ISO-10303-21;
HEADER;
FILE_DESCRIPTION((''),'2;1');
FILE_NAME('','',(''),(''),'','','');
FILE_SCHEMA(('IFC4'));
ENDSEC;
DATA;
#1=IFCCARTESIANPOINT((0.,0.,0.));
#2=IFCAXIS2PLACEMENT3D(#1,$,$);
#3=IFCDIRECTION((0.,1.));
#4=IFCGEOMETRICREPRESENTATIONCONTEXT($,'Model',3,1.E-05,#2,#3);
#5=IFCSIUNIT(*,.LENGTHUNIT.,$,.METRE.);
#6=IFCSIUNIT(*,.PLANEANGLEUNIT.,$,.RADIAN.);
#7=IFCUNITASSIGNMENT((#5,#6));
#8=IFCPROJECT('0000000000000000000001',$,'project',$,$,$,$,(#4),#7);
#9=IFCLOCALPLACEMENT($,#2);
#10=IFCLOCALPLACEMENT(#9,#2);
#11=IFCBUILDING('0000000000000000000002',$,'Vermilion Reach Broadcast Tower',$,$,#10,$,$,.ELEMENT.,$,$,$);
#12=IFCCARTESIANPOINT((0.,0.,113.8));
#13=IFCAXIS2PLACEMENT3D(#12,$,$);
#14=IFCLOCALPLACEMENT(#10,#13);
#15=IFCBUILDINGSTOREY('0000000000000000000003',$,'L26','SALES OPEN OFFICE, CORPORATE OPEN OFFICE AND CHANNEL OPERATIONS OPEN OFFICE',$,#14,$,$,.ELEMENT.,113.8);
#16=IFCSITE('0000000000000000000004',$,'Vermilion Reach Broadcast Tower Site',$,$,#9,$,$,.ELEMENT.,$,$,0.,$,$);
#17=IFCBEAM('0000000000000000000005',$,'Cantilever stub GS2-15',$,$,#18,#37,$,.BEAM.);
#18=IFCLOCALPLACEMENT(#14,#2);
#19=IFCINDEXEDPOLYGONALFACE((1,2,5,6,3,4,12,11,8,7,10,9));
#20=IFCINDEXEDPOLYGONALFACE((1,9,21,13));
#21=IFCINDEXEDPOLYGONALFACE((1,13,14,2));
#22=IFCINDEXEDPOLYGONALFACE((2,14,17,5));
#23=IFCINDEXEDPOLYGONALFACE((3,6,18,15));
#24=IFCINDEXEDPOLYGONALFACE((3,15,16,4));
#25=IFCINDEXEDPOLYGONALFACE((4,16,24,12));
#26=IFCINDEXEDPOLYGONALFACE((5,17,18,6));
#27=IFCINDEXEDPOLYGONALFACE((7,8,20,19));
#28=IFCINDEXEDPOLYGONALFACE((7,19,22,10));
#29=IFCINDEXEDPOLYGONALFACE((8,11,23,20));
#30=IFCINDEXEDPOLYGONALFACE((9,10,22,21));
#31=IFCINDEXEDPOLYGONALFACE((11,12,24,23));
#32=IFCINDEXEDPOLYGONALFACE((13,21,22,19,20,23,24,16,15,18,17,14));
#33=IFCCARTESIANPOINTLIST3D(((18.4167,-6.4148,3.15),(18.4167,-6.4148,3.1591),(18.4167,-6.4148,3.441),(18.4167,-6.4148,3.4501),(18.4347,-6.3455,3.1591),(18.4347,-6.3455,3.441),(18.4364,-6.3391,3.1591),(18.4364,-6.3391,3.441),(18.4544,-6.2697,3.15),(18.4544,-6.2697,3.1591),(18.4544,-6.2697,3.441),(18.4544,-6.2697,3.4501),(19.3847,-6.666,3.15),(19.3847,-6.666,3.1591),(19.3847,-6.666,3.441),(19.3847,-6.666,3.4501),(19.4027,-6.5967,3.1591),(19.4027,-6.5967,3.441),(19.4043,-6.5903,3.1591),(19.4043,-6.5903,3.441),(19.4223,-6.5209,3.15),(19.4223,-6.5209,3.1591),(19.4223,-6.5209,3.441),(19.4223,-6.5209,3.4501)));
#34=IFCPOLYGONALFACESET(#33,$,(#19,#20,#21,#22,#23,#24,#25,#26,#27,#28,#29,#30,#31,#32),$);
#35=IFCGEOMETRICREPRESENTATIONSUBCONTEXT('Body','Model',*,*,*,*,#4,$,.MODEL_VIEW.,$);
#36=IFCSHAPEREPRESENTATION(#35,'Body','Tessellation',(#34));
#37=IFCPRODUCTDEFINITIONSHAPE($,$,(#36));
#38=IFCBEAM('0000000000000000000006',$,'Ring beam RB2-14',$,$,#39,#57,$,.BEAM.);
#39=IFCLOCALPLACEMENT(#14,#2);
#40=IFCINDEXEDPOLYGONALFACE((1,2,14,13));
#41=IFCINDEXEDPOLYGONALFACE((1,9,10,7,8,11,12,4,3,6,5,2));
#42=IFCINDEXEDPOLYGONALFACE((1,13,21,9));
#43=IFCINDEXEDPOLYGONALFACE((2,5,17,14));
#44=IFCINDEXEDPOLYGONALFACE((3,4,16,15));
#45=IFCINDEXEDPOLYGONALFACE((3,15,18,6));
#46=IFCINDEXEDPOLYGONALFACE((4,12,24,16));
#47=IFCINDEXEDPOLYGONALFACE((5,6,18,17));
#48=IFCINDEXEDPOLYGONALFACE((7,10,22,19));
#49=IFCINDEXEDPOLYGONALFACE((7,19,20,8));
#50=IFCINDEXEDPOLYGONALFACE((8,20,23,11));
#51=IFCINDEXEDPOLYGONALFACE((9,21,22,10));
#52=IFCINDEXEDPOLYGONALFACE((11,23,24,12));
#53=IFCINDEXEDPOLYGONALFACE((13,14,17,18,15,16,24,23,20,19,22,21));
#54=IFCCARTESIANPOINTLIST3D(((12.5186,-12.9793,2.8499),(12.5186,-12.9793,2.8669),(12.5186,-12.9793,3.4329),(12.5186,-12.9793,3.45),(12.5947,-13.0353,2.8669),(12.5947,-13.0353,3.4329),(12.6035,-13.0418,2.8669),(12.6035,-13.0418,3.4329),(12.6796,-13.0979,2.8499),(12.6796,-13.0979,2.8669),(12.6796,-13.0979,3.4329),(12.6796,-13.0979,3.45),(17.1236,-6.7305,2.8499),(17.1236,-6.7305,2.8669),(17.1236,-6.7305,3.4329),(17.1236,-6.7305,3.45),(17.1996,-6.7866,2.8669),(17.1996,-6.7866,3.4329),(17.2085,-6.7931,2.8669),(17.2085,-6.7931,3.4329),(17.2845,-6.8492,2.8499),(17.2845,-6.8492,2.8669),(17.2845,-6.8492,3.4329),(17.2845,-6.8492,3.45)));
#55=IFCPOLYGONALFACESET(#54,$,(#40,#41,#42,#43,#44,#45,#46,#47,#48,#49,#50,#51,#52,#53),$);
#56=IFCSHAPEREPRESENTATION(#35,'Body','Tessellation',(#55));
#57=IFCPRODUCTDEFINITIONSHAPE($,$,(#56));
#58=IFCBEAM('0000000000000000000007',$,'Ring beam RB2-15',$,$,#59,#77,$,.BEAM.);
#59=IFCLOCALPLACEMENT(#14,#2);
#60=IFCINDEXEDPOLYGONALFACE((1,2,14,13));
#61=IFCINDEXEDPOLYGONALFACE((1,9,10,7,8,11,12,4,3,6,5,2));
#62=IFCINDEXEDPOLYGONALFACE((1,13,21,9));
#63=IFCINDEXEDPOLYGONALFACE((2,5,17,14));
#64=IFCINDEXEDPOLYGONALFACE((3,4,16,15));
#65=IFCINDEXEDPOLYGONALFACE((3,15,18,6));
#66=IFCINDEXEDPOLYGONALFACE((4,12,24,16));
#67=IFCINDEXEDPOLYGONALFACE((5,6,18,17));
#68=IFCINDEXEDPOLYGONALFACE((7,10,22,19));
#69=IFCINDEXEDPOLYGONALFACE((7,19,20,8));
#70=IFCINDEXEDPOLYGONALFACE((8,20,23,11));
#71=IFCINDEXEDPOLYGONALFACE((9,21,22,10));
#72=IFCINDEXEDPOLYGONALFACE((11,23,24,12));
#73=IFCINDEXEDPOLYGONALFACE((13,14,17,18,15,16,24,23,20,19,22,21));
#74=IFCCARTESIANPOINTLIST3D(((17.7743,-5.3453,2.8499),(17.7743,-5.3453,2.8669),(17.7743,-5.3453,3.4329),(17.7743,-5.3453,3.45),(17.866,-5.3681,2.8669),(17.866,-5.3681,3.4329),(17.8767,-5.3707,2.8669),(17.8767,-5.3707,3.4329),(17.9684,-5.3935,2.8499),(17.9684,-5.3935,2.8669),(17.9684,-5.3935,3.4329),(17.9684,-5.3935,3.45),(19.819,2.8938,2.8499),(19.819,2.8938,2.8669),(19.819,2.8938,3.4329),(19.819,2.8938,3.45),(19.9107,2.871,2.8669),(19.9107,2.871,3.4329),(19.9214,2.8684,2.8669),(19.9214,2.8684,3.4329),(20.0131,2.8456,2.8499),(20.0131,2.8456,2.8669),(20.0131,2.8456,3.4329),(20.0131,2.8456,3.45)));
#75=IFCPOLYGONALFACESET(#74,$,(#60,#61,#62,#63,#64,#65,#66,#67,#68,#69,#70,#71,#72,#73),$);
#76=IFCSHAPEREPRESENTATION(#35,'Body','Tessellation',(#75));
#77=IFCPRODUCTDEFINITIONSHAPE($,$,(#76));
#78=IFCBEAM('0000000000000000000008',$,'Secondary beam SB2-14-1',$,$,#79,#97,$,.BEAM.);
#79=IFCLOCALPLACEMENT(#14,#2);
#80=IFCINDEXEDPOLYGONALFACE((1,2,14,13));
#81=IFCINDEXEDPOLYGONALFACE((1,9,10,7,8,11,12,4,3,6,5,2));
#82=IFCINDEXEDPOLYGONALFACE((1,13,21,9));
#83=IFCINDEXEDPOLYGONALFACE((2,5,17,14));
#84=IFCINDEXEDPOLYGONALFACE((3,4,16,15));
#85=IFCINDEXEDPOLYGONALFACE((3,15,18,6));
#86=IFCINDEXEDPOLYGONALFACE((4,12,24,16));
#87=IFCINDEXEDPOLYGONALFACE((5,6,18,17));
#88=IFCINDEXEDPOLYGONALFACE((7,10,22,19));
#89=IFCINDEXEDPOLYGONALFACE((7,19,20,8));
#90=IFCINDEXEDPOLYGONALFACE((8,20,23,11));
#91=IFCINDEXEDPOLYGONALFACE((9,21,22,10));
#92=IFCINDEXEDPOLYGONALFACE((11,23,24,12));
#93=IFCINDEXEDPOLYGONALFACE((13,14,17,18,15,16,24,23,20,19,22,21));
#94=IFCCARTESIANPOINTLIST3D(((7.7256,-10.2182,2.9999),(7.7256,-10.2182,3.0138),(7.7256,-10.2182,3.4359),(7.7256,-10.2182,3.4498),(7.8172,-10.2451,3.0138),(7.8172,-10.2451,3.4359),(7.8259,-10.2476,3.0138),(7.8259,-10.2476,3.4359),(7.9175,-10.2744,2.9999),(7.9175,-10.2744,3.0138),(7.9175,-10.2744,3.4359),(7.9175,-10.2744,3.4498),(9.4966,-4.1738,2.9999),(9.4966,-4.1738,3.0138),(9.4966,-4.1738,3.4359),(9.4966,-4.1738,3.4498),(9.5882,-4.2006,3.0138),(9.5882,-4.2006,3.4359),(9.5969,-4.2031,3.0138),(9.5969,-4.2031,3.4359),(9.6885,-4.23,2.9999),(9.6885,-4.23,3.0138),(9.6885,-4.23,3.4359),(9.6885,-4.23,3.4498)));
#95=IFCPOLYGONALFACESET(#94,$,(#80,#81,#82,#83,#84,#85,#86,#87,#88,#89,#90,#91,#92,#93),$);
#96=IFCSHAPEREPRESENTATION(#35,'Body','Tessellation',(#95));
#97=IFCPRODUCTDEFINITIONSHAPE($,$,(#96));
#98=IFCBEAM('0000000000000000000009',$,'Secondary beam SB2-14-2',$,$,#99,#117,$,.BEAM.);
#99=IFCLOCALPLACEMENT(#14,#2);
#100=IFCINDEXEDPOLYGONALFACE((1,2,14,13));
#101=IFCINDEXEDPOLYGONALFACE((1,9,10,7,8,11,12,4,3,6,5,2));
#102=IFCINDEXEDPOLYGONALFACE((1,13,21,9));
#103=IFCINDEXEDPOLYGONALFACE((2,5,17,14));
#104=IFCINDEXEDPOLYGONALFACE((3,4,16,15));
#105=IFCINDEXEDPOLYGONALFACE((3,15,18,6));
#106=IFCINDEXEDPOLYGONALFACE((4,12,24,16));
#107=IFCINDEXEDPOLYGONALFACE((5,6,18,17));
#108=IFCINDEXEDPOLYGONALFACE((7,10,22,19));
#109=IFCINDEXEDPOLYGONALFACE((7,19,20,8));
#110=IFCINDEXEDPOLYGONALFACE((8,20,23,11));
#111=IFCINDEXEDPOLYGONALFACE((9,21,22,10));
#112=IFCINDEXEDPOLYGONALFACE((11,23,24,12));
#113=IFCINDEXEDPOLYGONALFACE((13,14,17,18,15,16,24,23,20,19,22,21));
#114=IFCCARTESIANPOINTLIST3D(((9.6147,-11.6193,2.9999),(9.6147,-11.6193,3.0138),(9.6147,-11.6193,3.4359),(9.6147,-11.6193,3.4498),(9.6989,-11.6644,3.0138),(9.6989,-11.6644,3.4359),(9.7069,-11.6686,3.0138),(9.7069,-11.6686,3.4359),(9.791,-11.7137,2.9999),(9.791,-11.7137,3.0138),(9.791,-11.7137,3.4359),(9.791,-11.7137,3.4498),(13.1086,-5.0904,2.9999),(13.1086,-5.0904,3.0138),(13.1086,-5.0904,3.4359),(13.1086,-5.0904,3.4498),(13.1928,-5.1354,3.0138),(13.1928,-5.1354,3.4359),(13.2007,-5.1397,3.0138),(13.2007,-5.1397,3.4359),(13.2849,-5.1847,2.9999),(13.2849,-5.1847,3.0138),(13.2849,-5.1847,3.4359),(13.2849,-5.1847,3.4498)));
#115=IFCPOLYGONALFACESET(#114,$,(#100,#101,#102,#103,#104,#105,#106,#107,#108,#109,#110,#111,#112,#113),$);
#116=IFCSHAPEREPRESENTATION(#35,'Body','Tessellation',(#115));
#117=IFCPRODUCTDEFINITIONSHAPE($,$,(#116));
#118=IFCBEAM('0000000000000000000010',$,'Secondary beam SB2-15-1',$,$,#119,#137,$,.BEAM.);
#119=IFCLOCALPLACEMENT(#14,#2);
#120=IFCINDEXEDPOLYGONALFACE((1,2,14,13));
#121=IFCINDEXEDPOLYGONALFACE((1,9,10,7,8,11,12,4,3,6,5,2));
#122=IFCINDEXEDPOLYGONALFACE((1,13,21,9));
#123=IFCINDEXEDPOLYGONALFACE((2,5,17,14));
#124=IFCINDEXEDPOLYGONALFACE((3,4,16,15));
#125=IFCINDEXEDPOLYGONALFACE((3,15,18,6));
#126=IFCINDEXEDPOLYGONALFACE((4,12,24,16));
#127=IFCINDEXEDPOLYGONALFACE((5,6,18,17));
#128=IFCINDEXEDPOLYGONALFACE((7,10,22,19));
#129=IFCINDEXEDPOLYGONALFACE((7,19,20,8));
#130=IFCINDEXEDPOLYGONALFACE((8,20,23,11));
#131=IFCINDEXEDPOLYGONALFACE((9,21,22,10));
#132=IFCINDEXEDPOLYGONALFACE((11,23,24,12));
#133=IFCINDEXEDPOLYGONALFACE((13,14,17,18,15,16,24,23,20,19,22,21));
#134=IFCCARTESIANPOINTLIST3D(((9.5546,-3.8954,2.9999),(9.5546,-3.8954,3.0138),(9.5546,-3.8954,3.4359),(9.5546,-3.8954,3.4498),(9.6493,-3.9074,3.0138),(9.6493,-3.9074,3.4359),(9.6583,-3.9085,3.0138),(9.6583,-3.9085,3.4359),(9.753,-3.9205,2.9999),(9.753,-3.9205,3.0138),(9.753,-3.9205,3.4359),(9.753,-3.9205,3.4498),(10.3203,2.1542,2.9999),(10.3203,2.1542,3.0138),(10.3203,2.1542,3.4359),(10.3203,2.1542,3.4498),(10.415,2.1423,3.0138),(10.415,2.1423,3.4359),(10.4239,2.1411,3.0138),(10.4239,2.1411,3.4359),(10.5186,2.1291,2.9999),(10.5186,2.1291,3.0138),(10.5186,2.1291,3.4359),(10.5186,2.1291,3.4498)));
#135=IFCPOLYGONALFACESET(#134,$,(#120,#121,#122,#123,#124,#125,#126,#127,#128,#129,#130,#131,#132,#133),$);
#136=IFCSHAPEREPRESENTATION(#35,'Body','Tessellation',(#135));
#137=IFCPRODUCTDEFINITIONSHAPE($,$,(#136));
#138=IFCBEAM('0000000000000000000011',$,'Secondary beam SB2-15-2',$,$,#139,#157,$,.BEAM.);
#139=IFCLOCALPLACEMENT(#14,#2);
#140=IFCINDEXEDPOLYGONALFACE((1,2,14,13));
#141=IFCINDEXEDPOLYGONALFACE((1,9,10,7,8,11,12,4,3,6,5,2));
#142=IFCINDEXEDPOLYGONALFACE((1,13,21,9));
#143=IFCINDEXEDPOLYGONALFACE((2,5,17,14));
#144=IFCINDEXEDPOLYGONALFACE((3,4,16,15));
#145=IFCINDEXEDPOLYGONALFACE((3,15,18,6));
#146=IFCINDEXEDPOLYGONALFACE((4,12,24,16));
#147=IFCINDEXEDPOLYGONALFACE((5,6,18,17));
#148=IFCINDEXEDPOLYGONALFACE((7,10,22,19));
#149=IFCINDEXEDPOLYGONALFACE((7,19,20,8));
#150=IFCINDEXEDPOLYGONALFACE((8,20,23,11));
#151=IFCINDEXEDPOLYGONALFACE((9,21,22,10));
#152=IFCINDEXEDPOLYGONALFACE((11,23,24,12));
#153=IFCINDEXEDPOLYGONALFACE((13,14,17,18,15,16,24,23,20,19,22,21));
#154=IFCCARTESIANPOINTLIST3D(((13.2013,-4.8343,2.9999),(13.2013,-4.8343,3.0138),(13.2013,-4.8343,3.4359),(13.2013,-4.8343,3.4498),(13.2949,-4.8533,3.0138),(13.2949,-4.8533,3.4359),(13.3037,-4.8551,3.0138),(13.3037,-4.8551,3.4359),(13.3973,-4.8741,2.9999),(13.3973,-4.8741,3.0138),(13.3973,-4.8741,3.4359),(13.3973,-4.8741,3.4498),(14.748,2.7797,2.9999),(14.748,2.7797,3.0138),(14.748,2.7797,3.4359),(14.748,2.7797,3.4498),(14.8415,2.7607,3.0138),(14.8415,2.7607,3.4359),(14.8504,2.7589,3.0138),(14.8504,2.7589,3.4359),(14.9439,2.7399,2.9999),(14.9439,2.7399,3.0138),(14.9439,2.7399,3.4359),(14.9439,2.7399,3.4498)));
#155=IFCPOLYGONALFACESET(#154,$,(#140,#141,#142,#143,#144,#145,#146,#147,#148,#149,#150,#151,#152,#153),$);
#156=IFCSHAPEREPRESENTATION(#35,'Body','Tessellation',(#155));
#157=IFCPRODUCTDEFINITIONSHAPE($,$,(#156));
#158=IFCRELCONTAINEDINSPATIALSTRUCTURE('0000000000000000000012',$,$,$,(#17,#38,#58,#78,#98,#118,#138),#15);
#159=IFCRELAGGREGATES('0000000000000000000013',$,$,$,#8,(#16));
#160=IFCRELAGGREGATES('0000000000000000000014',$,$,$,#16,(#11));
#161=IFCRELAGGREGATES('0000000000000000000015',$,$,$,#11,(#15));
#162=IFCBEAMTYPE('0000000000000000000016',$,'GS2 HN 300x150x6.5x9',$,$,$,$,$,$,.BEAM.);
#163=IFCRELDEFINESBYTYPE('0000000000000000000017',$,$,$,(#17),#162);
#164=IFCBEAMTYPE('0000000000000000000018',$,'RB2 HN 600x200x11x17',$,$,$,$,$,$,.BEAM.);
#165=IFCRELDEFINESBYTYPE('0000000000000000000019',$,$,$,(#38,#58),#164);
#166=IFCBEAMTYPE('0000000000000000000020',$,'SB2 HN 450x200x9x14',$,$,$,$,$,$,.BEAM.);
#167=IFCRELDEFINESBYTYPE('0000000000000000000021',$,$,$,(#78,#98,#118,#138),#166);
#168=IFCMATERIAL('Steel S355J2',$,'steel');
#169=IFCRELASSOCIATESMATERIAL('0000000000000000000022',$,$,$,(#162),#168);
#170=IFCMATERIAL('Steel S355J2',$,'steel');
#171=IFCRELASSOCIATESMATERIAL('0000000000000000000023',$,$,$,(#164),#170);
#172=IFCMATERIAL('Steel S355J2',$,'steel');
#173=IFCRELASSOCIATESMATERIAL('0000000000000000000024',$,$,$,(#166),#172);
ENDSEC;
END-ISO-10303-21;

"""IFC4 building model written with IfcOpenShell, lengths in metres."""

from ifc_helpers import new_model, si_unit, direction, frame, origin, origin_2d, place, context, subcontext, project, spatial, i_section, extrude, material, material_profile, profile_set, type_object, element, save


model = new_model("IFC4")

# Units and contexts
model_context = context("Model", 3, precision=1e-05, world=origin(), true_north=direction((0.0, 1.0)))
body_context = subcontext(model_context, "Body", "Model", "MODEL_VIEW")
ifc_project = project(units=[si_unit("LENGTHUNIT", "METRE"), si_unit("PLANEANGLEUNIT", "RADIAN")], contexts=[model_context])

# Site, building, storey
site_placement = place(None, origin())
site = spatial("IfcSite", under=ifc_project, at=site_placement, Name="Vermilion Reach Broadcast Tower Site", CompositionType="ELEMENT", RefElevation=0.0)
building_placement = place(site_placement, origin())
building = spatial("IfcBuilding", under=site, at=building_placement, Name="Vermilion Reach Broadcast Tower", CompositionType="ELEMENT")
storey_placement = place(building_placement, frame((0.0, 0.0, 113.8)))
storey = spatial("IfcBuildingStorey", under=building, at=storey_placement, Name="L26", Description="SALES OPEN OFFICE, CORPORATE OPEN OFFICE AND CHANNEL OPERATIONS OPEN OFFICE", CompositionType="ELEMENT", Elevation=113.8)

# Beams
ifc_material_1 = material(Name="Steel S355J2", Category="steel")
ifc_material_profile_1 = material_profile(ifc_material_1, i_section(OverallWidth=0.1499, OverallDepth=0.3, WebThickness=0.0066, FlangeThickness=0.009, at=origin_2d()), Name="S355J2 HN 300x150x6.5x9")
ifc_profile_set_1 = profile_set([ifc_material_profile_1], Name="Steel S355J2")
beam_type_1 = type_object("IfcBeamType", Name="GS2 HN 300x150x6.5x9", PredefinedType="BEAM", material=ifc_profile_set_1)
beam_1_placement = place(storey_placement, frame((18.4355, -6.3423, 3.3), z_axis=(0.967935, -0.251199, 0.0), x_axis=(0.251199, 0.967935, 0.0)))
element("IfcBeam", 1, at=beam_1_placement, inside=storey, type_object=beam_type_1, Name="Cantilever stub GS2-15", PredefinedType="BEAM", context=body_context, shape_type="SweptSolid", body=[
    extrude(i_section(OverallWidth=0.1499, OverallDepth=0.3, WebThickness=0.0066, FlangeThickness=0.009, at=origin_2d()), origin(), (0.0, 0.0, 1.0), 1.0),
])
ifc_material_2 = material(Name="Steel S355J2", Category="steel")
ifc_material_profile_2 = material_profile(ifc_material_2, i_section(OverallWidth=0.2, OverallDepth=0.6001, WebThickness=0.011, FlangeThickness=0.0171, at=origin_2d()), Name="S355J2 HN 600x200x11x17")
ifc_profile_set_2 = profile_set([ifc_material_profile_2], Name="Steel S355J2")
beam_type_2 = type_object("IfcBeamType", Name="RB2 HN 600x200x11x17", PredefinedType="BEAM", material=ifc_profile_set_2)
beam_2_placement = place(storey_placement, frame((12.5991, -13.0386, 3.1499), z_axis=(0.593251, 0.805018, 0.0), x_axis=(-0.805018, 0.593251, 0.0)))
element("IfcBeam", 2, at=beam_2_placement, inside=storey, type_object=beam_type_2, Name="Ring beam RB2-14", PredefinedType="BEAM", context=body_context, shape_type="SweptSolid", body=[
    extrude(i_section(OverallWidth=0.2, OverallDepth=0.6001, WebThickness=0.011, FlangeThickness=0.0171, at=origin_2d()), origin(), (0.0, 0.0, 1.0), 7.7622),
])
beam_3_placement = place(storey_placement, frame((17.8713, -5.3694, 3.1499), z_axis=(0.240864, 0.970559, 0.0), x_axis=(-0.970559, 0.240864, 0.0)))
element("IfcBeam", 3, at=beam_3_placement, inside=storey, type_object=beam_type_2, Name="Ring beam RB2-15", PredefinedType="BEAM", context=body_context, shape_type="SweptSolid", body=[
    extrude(i_section(OverallWidth=0.2, OverallDepth=0.6001, WebThickness=0.011, FlangeThickness=0.0171, at=origin_2d()), origin(), (0.0, 0.0, 1.0), 8.489),
])
ifc_material_3 = material(Name="Steel S355J2", Category="steel")
ifc_material_profile_3 = material_profile(ifc_material_3, i_section(OverallWidth=0.2, OverallDepth=0.45, WebThickness=0.009, FlangeThickness=0.0139, at=origin_2d()), Name="S355J2 HN 450x200x9x14")
ifc_profile_set_3 = profile_set([ifc_material_profile_3], Name="Steel S355J2")
beam_type_3 = type_object("IfcBeamType", Name="SB2 HN 450x200x9x14", PredefinedType="BEAM", material=ifc_profile_set_3)
beam_4_placement = place(storey_placement, frame((7.8215, -10.2463, 3.2249), z_axis=(0.281176, 0.959656, 0.0), x_axis=(-0.959656, 0.281176, 0.0)))
element("IfcBeam", 4, at=beam_4_placement, inside=storey, type_object=beam_type_3, Name="Secondary beam SB2-14-1", PredefinedType="BEAM", context=body_context, shape_type="SweptSolid", body=[
    extrude(i_section(OverallWidth=0.2, OverallDepth=0.45, WebThickness=0.009, FlangeThickness=0.0139, at=origin_2d()), origin(), (0.0, 0.0, 1.0), 6.2986),
])
beam_5_placement = place(storey_placement, frame((9.7029, -11.6665, 3.2249), z_axis=(0.471822, 0.881694, 0.0), x_axis=(-0.881694, 0.471822, 0.0)))
element("IfcBeam", 5, at=beam_5_placement, inside=storey, type_object=beam_type_3, Name="Secondary beam SB2-14-2", PredefinedType="BEAM", context=body_context, shape_type="SweptSolid", body=[
    extrude(i_section(OverallWidth=0.2, OverallDepth=0.45, WebThickness=0.009, FlangeThickness=0.0139, at=origin_2d()), origin(), (0.0, 0.0, 1.0), 7.405),
])
beam_6_placement = place(storey_placement, frame((9.6538, -3.908, 3.2249), z_axis=(0.125557, 0.992086, 0.0), x_axis=(-0.992086, 0.125557, 0.0)))
element("IfcBeam", 6, at=beam_6_placement, inside=storey, type_object=beam_type_3, Name="Secondary beam SB2-15-1", PredefinedType="BEAM", context=body_context, shape_type="SweptSolid", body=[
    extrude(i_section(OverallWidth=0.2, OverallDepth=0.45, WebThickness=0.009, FlangeThickness=0.0139, at=origin_2d()), origin(), (0.0, 0.0, 1.0), 6.0979),
])
beam_7_placement = place(storey_placement, frame((13.2993, -4.8542, 3.2249), z_axis=(0.199064, 0.979986, 0.0), x_axis=(-0.979986, 0.199064, 0.0)))
element("IfcBeam", 7, at=beam_7_placement, inside=storey, type_object=beam_type_3, Name="Secondary beam SB2-15-2", PredefinedType="BEAM", context=body_context, shape_type="SweptSolid", body=[
    extrude(i_section(OverallWidth=0.2, OverallDepth=0.45, WebThickness=0.009, FlangeThickness=0.0139, at=origin_2d()), origin(), (0.0, 0.0, 1.0), 7.7695),
])

save(model, "model.ifc")
